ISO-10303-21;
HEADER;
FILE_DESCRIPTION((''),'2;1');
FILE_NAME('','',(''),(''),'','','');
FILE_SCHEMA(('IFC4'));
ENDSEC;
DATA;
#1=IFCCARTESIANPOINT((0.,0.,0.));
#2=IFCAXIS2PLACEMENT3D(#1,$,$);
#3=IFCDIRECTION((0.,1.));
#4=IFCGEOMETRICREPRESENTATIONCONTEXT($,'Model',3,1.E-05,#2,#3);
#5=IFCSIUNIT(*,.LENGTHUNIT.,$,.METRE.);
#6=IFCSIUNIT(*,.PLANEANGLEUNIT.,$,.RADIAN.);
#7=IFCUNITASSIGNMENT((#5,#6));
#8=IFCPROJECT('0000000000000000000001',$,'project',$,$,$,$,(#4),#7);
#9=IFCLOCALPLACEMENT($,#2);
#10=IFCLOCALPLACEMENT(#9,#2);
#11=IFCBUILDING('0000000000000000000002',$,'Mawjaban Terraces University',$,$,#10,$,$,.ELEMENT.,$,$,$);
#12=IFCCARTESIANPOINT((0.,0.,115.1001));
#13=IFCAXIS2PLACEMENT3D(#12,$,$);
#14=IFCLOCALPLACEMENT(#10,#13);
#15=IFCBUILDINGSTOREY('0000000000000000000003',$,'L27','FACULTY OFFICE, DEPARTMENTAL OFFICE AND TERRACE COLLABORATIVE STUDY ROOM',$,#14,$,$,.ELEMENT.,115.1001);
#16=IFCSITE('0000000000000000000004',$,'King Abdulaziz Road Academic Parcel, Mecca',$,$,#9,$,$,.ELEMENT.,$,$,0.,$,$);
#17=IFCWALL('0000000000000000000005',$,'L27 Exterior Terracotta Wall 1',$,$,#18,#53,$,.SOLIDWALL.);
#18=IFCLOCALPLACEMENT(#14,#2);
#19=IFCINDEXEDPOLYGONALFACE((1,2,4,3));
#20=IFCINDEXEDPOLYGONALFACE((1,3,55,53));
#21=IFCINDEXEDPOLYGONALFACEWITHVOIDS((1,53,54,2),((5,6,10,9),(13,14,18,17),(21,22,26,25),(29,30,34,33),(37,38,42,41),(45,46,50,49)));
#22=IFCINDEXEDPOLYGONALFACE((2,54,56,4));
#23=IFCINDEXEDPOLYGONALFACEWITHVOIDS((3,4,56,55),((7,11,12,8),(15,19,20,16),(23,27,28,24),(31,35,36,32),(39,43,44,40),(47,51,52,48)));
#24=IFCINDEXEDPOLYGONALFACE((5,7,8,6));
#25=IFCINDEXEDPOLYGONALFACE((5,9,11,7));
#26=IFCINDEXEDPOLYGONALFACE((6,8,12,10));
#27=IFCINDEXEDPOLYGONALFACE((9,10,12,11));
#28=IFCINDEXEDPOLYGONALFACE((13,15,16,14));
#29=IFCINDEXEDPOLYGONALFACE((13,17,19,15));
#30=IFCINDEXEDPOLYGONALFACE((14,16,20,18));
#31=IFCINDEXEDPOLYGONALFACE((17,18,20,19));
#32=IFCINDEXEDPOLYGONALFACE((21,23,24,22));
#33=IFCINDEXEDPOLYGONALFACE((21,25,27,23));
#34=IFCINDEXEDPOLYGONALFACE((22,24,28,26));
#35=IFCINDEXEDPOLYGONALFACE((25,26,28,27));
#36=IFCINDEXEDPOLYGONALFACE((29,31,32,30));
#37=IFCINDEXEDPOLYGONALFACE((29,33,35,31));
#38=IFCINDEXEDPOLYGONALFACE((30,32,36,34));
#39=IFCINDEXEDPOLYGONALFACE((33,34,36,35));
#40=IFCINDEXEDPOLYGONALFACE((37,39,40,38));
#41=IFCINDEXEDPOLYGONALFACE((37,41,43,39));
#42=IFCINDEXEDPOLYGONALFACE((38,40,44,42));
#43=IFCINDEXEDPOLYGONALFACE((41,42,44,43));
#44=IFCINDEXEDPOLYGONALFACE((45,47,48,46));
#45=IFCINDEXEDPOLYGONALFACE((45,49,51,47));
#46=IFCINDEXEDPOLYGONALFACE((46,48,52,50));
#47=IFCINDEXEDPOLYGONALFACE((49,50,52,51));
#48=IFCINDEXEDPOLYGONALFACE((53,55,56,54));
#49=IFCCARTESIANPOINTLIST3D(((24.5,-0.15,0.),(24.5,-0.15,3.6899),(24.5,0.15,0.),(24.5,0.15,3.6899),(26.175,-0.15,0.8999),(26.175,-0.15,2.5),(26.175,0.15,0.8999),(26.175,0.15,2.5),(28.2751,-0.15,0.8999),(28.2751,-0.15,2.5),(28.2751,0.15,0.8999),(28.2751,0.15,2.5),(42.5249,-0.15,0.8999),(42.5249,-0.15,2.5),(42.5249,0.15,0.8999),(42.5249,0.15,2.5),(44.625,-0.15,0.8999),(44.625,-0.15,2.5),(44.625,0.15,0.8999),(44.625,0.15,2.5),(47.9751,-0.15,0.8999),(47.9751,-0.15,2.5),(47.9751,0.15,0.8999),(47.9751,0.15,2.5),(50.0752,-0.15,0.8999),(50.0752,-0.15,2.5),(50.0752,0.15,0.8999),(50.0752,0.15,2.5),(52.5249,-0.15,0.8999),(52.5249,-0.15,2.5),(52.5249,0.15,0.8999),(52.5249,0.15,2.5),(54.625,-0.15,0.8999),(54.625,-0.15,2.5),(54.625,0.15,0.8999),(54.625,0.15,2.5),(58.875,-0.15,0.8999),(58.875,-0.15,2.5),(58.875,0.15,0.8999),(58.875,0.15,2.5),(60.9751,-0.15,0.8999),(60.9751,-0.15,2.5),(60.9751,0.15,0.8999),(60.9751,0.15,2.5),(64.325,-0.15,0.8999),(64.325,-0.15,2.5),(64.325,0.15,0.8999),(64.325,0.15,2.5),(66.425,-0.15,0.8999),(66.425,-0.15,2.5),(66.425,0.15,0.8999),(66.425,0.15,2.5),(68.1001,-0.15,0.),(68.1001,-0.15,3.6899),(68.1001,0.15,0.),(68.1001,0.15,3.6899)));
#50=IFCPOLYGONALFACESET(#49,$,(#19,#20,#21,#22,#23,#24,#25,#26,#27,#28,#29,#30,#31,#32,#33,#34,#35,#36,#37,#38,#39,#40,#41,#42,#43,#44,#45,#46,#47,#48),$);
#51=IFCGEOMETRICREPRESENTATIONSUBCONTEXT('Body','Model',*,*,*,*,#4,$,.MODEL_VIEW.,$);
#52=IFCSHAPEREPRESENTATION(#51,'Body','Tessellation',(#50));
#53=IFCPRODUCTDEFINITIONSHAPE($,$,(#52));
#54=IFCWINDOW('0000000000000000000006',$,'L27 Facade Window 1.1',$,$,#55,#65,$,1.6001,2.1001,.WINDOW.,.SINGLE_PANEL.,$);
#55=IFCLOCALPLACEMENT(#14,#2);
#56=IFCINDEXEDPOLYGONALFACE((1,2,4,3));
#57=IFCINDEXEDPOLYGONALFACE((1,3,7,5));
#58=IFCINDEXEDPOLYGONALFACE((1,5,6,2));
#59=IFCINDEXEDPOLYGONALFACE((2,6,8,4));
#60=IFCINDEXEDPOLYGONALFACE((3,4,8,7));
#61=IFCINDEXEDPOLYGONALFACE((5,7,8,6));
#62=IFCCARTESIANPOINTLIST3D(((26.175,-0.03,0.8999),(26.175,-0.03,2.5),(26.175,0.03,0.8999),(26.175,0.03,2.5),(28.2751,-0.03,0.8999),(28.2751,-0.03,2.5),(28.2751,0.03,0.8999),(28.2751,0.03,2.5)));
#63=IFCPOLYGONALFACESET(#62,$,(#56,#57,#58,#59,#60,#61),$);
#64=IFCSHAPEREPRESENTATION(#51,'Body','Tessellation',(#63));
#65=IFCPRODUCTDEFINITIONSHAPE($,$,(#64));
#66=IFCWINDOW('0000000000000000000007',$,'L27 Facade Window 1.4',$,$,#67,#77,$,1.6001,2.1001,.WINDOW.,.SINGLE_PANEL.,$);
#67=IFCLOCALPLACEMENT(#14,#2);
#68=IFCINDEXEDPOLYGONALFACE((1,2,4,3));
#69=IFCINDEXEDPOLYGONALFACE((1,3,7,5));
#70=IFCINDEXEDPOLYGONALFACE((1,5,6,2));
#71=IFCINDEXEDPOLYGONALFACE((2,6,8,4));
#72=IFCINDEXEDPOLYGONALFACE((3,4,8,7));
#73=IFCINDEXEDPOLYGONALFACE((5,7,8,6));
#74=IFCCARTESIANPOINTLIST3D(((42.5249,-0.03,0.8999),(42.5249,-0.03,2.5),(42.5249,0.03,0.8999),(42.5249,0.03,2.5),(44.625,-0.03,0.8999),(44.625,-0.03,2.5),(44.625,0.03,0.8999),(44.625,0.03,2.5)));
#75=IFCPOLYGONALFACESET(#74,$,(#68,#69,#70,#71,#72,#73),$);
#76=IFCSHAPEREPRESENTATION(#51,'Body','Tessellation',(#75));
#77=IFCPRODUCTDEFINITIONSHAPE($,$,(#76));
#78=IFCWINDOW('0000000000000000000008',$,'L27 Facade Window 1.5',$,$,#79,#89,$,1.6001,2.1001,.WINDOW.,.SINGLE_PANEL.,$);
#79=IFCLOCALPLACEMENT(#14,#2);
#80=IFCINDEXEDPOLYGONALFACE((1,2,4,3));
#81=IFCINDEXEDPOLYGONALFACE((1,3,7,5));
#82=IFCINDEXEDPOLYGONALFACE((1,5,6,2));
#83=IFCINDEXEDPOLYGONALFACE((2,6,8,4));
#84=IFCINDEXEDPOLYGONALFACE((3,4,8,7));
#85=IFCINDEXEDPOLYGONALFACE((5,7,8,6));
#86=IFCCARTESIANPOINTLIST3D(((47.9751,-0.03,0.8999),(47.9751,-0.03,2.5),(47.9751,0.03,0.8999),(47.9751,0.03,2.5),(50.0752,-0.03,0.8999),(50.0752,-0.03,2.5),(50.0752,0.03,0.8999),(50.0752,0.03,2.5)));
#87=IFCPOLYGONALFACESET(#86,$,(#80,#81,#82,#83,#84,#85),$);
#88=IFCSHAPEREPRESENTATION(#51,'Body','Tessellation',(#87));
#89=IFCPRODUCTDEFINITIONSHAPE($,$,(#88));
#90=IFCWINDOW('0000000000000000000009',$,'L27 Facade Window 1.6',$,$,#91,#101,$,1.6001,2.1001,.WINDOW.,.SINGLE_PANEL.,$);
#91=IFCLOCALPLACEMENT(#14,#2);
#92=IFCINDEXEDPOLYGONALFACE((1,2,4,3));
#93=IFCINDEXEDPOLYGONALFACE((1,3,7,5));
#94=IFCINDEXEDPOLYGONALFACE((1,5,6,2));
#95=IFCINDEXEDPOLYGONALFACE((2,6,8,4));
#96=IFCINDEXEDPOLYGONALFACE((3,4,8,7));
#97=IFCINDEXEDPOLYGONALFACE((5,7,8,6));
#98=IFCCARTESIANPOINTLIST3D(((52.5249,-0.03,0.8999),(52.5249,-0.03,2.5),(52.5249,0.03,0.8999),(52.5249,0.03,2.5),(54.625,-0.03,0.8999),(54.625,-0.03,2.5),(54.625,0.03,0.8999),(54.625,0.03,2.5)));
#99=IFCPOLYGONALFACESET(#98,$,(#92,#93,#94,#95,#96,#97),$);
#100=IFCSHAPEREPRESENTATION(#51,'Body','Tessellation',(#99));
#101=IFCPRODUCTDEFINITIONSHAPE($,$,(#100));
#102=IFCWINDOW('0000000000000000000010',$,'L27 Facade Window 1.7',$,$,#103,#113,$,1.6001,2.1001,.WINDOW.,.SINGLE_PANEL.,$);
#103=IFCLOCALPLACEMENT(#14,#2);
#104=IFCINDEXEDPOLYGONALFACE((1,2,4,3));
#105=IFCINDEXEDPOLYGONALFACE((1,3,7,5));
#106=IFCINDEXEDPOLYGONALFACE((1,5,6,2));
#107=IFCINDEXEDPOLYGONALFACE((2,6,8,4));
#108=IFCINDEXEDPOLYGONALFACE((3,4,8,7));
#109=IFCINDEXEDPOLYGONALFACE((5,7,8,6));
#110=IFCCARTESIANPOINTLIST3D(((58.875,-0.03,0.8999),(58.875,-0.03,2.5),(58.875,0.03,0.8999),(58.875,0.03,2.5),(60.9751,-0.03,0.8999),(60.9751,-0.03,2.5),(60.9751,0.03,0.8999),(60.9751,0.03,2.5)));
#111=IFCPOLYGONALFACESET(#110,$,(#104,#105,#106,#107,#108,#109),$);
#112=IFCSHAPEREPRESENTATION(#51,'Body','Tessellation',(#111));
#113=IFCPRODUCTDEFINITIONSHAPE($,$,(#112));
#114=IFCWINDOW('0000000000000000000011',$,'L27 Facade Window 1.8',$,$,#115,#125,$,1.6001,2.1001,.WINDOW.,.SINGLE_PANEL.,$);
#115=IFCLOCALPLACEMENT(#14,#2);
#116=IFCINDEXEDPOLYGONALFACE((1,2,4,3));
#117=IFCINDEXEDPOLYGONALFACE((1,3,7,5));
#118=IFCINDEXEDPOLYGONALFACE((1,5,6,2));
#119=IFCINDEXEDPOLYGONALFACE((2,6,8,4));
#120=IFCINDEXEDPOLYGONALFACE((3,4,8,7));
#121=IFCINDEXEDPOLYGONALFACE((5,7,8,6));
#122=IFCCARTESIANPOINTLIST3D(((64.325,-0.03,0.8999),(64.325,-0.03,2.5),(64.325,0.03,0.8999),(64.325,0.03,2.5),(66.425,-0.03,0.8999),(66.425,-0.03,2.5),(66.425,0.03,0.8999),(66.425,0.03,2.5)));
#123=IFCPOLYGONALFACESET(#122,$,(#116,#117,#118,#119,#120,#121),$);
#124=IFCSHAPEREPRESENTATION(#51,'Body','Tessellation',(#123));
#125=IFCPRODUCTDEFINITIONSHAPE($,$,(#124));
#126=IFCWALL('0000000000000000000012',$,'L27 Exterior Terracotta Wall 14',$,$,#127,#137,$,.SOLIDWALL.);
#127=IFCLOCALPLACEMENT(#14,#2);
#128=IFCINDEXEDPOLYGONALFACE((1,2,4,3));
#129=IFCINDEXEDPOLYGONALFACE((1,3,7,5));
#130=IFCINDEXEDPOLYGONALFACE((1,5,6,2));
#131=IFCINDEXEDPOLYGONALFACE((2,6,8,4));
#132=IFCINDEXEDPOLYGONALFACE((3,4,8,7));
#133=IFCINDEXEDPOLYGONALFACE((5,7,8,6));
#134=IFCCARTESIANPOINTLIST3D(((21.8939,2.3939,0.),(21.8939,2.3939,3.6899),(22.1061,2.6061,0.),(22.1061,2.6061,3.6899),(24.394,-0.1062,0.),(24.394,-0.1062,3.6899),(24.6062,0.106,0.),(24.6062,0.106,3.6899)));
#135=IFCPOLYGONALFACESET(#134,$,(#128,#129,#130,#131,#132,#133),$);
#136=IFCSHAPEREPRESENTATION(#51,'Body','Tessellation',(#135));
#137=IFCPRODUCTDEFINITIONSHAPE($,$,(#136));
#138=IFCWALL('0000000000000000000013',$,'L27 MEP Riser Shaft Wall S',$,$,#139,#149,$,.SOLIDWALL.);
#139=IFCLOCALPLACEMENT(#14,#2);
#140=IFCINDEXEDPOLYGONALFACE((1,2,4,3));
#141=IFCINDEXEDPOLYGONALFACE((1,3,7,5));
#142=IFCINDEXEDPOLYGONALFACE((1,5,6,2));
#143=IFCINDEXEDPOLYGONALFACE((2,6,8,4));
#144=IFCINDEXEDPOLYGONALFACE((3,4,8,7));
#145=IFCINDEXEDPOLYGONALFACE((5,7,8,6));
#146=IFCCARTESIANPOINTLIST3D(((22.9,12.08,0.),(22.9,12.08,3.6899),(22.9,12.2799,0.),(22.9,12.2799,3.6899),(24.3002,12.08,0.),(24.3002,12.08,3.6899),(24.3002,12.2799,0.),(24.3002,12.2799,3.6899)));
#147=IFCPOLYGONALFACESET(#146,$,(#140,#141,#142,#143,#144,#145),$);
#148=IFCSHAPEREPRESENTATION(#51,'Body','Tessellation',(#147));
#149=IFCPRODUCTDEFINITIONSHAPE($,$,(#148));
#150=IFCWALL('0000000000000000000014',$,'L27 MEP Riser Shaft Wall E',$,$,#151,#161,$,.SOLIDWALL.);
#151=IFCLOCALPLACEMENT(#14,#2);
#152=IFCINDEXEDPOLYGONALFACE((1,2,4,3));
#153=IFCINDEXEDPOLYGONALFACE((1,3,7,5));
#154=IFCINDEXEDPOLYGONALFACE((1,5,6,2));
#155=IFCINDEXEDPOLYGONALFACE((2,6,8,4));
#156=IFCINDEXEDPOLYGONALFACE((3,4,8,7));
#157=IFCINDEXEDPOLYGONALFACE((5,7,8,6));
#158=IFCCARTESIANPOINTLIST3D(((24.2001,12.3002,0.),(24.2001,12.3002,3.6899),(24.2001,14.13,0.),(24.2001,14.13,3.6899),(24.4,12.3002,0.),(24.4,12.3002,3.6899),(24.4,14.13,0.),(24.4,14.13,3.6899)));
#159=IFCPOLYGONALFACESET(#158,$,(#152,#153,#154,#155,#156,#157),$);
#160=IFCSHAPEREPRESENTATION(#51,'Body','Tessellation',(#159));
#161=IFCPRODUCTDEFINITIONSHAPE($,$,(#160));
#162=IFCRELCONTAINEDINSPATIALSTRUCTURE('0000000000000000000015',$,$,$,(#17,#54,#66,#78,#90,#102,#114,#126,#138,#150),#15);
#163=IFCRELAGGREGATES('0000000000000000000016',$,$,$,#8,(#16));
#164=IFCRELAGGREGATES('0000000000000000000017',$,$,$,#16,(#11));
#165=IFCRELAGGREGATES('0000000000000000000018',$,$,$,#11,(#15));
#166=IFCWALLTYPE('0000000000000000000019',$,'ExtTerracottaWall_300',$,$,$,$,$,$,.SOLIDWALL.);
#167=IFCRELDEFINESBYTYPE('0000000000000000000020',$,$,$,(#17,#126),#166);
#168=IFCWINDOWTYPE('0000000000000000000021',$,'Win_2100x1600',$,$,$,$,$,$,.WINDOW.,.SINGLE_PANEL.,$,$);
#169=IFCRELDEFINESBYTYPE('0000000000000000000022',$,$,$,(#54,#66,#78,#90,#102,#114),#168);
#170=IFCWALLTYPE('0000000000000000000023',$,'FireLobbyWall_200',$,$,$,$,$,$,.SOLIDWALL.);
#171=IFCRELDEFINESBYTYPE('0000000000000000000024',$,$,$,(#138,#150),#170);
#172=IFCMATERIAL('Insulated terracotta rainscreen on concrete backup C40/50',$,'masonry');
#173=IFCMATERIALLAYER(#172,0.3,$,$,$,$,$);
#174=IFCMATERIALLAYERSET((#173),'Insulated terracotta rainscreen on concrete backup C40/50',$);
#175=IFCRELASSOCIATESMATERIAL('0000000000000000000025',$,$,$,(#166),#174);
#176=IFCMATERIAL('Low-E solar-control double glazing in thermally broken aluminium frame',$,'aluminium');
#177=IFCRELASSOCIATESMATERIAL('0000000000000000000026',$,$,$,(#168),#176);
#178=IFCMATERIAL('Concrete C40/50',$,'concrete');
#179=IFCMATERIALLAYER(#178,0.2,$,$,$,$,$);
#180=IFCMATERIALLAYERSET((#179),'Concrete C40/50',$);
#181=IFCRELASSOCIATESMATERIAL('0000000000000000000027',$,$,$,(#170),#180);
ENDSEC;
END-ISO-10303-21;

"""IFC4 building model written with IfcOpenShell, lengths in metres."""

from ifc_helpers import new_model, si_unit, direction, frame, frame_2d, origin, place, context, subcontext, project, spatial, rectangle, extrude, material, layer, layer_set, type_object, element, fill, save


model = new_model("IFC4")

# Units and contexts
model_context = context("Model", 3, precision=1e-05, world=origin(), true_north=direction((0.0, 1.0)))
body_context = subcontext(model_context, "Body", "Model", "MODEL_VIEW")
ifc_project = project(units=[si_unit("LENGTHUNIT", "METRE"), si_unit("PLANEANGLEUNIT", "RADIAN")], contexts=[model_context])

# Site, building, storey
site_placement = place(None, origin())
site = spatial("IfcSite", under=ifc_project, at=site_placement, Name="King Abdulaziz Road Academic Parcel, Mecca", CompositionType="ELEMENT", RefElevation=0.0)
building_placement = place(site_placement, origin())
building = spatial("IfcBuilding", under=site, at=building_placement, Name="Mawjaban Terraces University", CompositionType="ELEMENT")
storey_placement = place(building_placement, frame((0.0, 0.0, 115.1001)))
storey = spatial("IfcBuildingStorey", under=building, at=storey_placement, Name="L27", Description="FACULTY OFFICE, DEPARTMENTAL OFFICE AND TERRACE COLLABORATIVE STUDY ROOM", CompositionType="ELEMENT", Elevation=115.1001)

# Wall, openings, windows
ifc_material_1 = material(Name="Insulated terracotta rainscreen on concrete backup C40/50", Category="masonry")
ifc_layer_1 = layer(ifc_material_1, 0.3)
ifc_layer_set_1 = layer_set([ifc_layer_1], Name="Insulated terracotta rainscreen on concrete backup C40/50")
wall_type_1 = type_object("IfcWallType", Name="ExtTerracottaWall_300", PredefinedType="SOLIDWALL", material=ifc_layer_set_1)
wall_1_placement = place(storey_placement, frame((24.5, 0.0, 0.0), z_axis=(0.0, 0.0, 1.0), x_axis=(1.0, 0.0, 0.0)))
wall_1 = element("IfcWall", 1, at=wall_1_placement, inside=storey, type_object=wall_type_1, Name="L27 Exterior Terracotta Wall 1", PredefinedType="SOLIDWALL", context=body_context, shape_type="SweptSolid", body=[
    extrude(rectangle(XDim=43.6001, YDim=0.3, at=frame_2d((21.8, 0.0))), origin(), (0.0, 0.0, 1.0), 3.6899),
])
opening_1_placement = place(wall_1_placement, frame((1.675, 0.0, 0.8999)))
opening_1 = element("IfcOpeningElement", 2, at=opening_1_placement, cuts=wall_1, PredefinedType="OPENING", context=body_context, shape_type="SweptSolid", body=[
    extrude(rectangle(XDim=2.1001, YDim=1.6001, at=frame_2d((1.05, 0.8))), frame((0.0, 0.1599, 0.0), z_axis=(0.0, -1.0, 0.0), x_axis=(1.0, 0.0, 0.0)), (0.0, 0.0, 1.0), 0.3201),
])
opening_2_placement = place(wall_1_placement, frame((18.0249, 0.0, 0.8999)))
opening_2 = element("IfcOpeningElement", 3, at=opening_2_placement, cuts=wall_1, PredefinedType="OPENING", context=body_context, shape_type="SweptSolid", body=[
    extrude(rectangle(XDim=2.1001, YDim=1.6001, at=frame_2d((1.05, 0.8))), frame((0.0, 0.1599, 0.0), z_axis=(0.0, -1.0, 0.0), x_axis=(1.0, 0.0, 0.0)), (0.0, 0.0, 1.0), 0.3201),
])
opening_3_placement = place(wall_1_placement, frame((23.4751, 0.0, 0.8999)))
opening_3 = element("IfcOpeningElement", 4, at=opening_3_placement, cuts=wall_1, PredefinedType="OPENING", context=body_context, shape_type="SweptSolid", body=[
    extrude(rectangle(XDim=2.1001, YDim=1.6001, at=frame_2d((1.05, 0.8))), frame((0.0, 0.1599, 0.0), z_axis=(0.0, -1.0, 0.0), x_axis=(1.0, 0.0, 0.0)), (0.0, 0.0, 1.0), 0.3201),
])
opening_4_placement = place(wall_1_placement, frame((28.0249, 0.0, 0.8999)))
opening_4 = element("IfcOpeningElement", 5, at=opening_4_placement, cuts=wall_1, PredefinedType="OPENING", context=body_context, shape_type="SweptSolid", body=[
    extrude(rectangle(XDim=2.1001, YDim=1.6001, at=frame_2d((1.05, 0.8))), frame((0.0, 0.1599, 0.0), z_axis=(0.0, -1.0, 0.0), x_axis=(1.0, 0.0, 0.0)), (0.0, 0.0, 1.0), 0.3201),
])
opening_5_placement = place(wall_1_placement, frame((34.375, 0.0, 0.8999)))
opening_5 = element("IfcOpeningElement", 6, at=opening_5_placement, cuts=wall_1, PredefinedType="OPENING", context=body_context, shape_type="SweptSolid", body=[
    extrude(rectangle(XDim=2.1001, YDim=1.6001, at=frame_2d((1.05, 0.8))), frame((0.0, 0.1599, 0.0), z_axis=(0.0, -1.0, 0.0), x_axis=(1.0, 0.0, 0.0)), (0.0, 0.0, 1.0), 0.3201),
])
opening_6_placement = place(wall_1_placement, frame((39.825, 0.0, 0.8999)))
opening_6 = element("IfcOpeningElement", 7, at=opening_6_placement, cuts=wall_1, PredefinedType="OPENING", context=body_context, shape_type="SweptSolid", body=[
    extrude(rectangle(XDim=2.1001, YDim=1.6001, at=frame_2d((1.05, 0.8))), frame((0.0, 0.1599, 0.0), z_axis=(0.0, -1.0, 0.0), x_axis=(1.0, 0.0, 0.0)), (0.0, 0.0, 1.0), 0.3201),
])
ifc_material_2 = material(Name="Low-E solar-control double glazing in thermally broken aluminium frame", Category="aluminium")
window_type = type_object("IfcWindowType", Name="Win_2100x1600", PartitioningType="SINGLE_PANEL", PredefinedType="WINDOW", material=ifc_material_2)
window_1_placement = place(opening_1_placement, origin())
window_1 = element("IfcWindow", 8, at=window_1_placement, inside=storey, type_object=window_type, Name="L27 Facade Window 1.1", OverallHeight=1.6001, OverallWidth=2.1001, PartitioningType="SINGLE_PANEL", PredefinedType="WINDOW", context=body_context, shape_type="SweptSolid", body=[
    extrude(rectangle(XDim=2.1001, YDim=1.6001, at=frame_2d((1.05, 0.8))), frame((0.0, 0.03, 0.0), z_axis=(0.0, -1.0, 0.0), x_axis=(1.0, 0.0, 0.0)), (0.0, 0.0, 1.0), 0.0601),
])
fill(opening_1, window_1)
window_2_placement = place(opening_2_placement, origin())
window_2 = element("IfcWindow", 9, at=window_2_placement, inside=storey, type_object=window_type, Name="L27 Facade Window 1.4", OverallHeight=1.6001, OverallWidth=2.1001, PartitioningType="SINGLE_PANEL", PredefinedType="WINDOW", context=body_context, shape_type="SweptSolid", body=[
    extrude(rectangle(XDim=2.1001, YDim=1.6001, at=frame_2d((1.05, 0.8))), frame((0.0, 0.03, 0.0), z_axis=(0.0, -1.0, 0.0), x_axis=(1.0, 0.0, 0.0)), (0.0, 0.0, 1.0), 0.0601),
])
fill(opening_2, window_2)
window_3_placement = place(opening_3_placement, origin())
window_3 = element("IfcWindow", 10, at=window_3_placement, inside=storey, type_object=window_type, Name="L27 Facade Window 1.5", OverallHeight=1.6001, OverallWidth=2.1001, PartitioningType="SINGLE_PANEL", PredefinedType="WINDOW", context=body_context, shape_type="SweptSolid", body=[
    extrude(rectangle(XDim=2.1001, YDim=1.6001, at=frame_2d((1.05, 0.8))), frame((0.0, 0.03, 0.0), z_axis=(0.0, -1.0, 0.0), x_axis=(1.0, 0.0, 0.0)), (0.0, 0.0, 1.0), 0.0601),
])
fill(opening_3, window_3)
window_4_placement = place(opening_4_placement, origin())
window_4 = element("IfcWindow", 11, at=window_4_placement, inside=storey, type_object=window_type, Name="L27 Facade Window 1.6", OverallHeight=1.6001, OverallWidth=2.1001, PartitioningType="SINGLE_PANEL", PredefinedType="WINDOW", context=body_context, shape_type="SweptSolid", body=[
    extrude(rectangle(XDim=2.1001, YDim=1.6001, at=frame_2d((1.05, 0.8))), frame((0.0, 0.03, 0.0), z_axis=(0.0, -1.0, 0.0), x_axis=(1.0, 0.0, 0.0)), (0.0, 0.0, 1.0), 0.0601),
])
fill(opening_4, window_4)
window_5_placement = place(opening_5_placement, origin())
window_5 = element("IfcWindow", 12, at=window_5_placement, inside=storey, type_object=window_type, Name="L27 Facade Window 1.7", OverallHeight=1.6001, OverallWidth=2.1001, PartitioningType="SINGLE_PANEL", PredefinedType="WINDOW", context=body_context, shape_type="SweptSolid", body=[
    extrude(rectangle(XDim=2.1001, YDim=1.6001, at=frame_2d((1.05, 0.8))), frame((0.0, 0.03, 0.0), z_axis=(0.0, -1.0, 0.0), x_axis=(1.0, 0.0, 0.0)), (0.0, 0.0, 1.0), 0.0601),
])
fill(opening_5, window_5)
window_6_placement = place(opening_6_placement, origin())
window_6 = element("IfcWindow", 13, at=window_6_placement, inside=storey, type_object=window_type, Name="L27 Facade Window 1.8", OverallHeight=1.6001, OverallWidth=2.1001, PartitioningType="SINGLE_PANEL", PredefinedType="WINDOW", context=body_context, shape_type="SweptSolid", body=[
    extrude(rectangle(XDim=2.1001, YDim=1.6001, at=frame_2d((1.05, 0.8))), frame((0.0, 0.03, 0.0), z_axis=(0.0, -1.0, 0.0), x_axis=(1.0, 0.0, 0.0)), (0.0, 0.0, 1.0), 0.0601),
])
fill(opening_6, window_6)

# Walls
wall_2_placement = place(storey_placement, frame((22.0, 2.5, 0.0), z_axis=(0.0, 0.0, 1.0), x_axis=(0.707107, -0.707107, 0.0)))
element("IfcWall", 14, at=wall_2_placement, inside=storey, type_object=wall_type_1, Name="L27 Exterior Terracotta Wall 14", PredefinedType="SOLIDWALL", context=body_context, shape_type="SweptSolid", body=[
    extrude(rectangle(XDim=3.5356, YDim=0.3, at=frame_2d((1.7678, 0.0))), origin(), (0.0, 0.0, 1.0), 3.6899),
])
ifc_material_3 = material(Name="Concrete C40/50", Category="concrete")
ifc_layer_2 = layer(ifc_material_3, 0.2)
ifc_layer_set_2 = layer_set([ifc_layer_2], Name="Concrete C40/50")
wall_type_2 = type_object("IfcWallType", Name="FireLobbyWall_200", PredefinedType="SOLIDWALL", material=ifc_layer_set_2)
wall_3_placement = place(storey_placement, frame((22.8999, 12.1799, 0.0), z_axis=(0.0, 0.0, 1.0), x_axis=(1.0, 0.0, 0.0)))
element("IfcWall", 15, at=wall_3_placement, inside=storey, type_object=wall_type_2, Name="L27 MEP Riser Shaft Wall S", PredefinedType="SOLIDWALL", context=body_context, shape_type="SweptSolid", body=[
    extrude(rectangle(XDim=1.4001, YDim=0.2, at=frame_2d((0.7002, 0.0))), origin(), (0.0, 0.0, 1.0), 3.6899),
])
for number, where, z_axis, x_axis, name in (
    (16, (24.3, 12.3, 0.0), (0.0, 0.0, 1.0), (0.0, 1.0, 0.0), "L27 MEP Riser Shaft Wall E"),
):
    element("IfcWall", number, at=place(storey_placement, frame(where, z_axis=z_axis, x_axis=x_axis)), inside=storey, type_object=wall_type_2, Name=name, PredefinedType="SOLIDWALL", context=body_context, shape_type="SweptSolid", body=[
        extrude(rectangle(XDim=1.8298, YDim=0.2, at=frame_2d((0.915, 0.0))), origin(), (0.0, 0.0, 1.0), 3.6899),
    ])

save(model, "model.ifc")
